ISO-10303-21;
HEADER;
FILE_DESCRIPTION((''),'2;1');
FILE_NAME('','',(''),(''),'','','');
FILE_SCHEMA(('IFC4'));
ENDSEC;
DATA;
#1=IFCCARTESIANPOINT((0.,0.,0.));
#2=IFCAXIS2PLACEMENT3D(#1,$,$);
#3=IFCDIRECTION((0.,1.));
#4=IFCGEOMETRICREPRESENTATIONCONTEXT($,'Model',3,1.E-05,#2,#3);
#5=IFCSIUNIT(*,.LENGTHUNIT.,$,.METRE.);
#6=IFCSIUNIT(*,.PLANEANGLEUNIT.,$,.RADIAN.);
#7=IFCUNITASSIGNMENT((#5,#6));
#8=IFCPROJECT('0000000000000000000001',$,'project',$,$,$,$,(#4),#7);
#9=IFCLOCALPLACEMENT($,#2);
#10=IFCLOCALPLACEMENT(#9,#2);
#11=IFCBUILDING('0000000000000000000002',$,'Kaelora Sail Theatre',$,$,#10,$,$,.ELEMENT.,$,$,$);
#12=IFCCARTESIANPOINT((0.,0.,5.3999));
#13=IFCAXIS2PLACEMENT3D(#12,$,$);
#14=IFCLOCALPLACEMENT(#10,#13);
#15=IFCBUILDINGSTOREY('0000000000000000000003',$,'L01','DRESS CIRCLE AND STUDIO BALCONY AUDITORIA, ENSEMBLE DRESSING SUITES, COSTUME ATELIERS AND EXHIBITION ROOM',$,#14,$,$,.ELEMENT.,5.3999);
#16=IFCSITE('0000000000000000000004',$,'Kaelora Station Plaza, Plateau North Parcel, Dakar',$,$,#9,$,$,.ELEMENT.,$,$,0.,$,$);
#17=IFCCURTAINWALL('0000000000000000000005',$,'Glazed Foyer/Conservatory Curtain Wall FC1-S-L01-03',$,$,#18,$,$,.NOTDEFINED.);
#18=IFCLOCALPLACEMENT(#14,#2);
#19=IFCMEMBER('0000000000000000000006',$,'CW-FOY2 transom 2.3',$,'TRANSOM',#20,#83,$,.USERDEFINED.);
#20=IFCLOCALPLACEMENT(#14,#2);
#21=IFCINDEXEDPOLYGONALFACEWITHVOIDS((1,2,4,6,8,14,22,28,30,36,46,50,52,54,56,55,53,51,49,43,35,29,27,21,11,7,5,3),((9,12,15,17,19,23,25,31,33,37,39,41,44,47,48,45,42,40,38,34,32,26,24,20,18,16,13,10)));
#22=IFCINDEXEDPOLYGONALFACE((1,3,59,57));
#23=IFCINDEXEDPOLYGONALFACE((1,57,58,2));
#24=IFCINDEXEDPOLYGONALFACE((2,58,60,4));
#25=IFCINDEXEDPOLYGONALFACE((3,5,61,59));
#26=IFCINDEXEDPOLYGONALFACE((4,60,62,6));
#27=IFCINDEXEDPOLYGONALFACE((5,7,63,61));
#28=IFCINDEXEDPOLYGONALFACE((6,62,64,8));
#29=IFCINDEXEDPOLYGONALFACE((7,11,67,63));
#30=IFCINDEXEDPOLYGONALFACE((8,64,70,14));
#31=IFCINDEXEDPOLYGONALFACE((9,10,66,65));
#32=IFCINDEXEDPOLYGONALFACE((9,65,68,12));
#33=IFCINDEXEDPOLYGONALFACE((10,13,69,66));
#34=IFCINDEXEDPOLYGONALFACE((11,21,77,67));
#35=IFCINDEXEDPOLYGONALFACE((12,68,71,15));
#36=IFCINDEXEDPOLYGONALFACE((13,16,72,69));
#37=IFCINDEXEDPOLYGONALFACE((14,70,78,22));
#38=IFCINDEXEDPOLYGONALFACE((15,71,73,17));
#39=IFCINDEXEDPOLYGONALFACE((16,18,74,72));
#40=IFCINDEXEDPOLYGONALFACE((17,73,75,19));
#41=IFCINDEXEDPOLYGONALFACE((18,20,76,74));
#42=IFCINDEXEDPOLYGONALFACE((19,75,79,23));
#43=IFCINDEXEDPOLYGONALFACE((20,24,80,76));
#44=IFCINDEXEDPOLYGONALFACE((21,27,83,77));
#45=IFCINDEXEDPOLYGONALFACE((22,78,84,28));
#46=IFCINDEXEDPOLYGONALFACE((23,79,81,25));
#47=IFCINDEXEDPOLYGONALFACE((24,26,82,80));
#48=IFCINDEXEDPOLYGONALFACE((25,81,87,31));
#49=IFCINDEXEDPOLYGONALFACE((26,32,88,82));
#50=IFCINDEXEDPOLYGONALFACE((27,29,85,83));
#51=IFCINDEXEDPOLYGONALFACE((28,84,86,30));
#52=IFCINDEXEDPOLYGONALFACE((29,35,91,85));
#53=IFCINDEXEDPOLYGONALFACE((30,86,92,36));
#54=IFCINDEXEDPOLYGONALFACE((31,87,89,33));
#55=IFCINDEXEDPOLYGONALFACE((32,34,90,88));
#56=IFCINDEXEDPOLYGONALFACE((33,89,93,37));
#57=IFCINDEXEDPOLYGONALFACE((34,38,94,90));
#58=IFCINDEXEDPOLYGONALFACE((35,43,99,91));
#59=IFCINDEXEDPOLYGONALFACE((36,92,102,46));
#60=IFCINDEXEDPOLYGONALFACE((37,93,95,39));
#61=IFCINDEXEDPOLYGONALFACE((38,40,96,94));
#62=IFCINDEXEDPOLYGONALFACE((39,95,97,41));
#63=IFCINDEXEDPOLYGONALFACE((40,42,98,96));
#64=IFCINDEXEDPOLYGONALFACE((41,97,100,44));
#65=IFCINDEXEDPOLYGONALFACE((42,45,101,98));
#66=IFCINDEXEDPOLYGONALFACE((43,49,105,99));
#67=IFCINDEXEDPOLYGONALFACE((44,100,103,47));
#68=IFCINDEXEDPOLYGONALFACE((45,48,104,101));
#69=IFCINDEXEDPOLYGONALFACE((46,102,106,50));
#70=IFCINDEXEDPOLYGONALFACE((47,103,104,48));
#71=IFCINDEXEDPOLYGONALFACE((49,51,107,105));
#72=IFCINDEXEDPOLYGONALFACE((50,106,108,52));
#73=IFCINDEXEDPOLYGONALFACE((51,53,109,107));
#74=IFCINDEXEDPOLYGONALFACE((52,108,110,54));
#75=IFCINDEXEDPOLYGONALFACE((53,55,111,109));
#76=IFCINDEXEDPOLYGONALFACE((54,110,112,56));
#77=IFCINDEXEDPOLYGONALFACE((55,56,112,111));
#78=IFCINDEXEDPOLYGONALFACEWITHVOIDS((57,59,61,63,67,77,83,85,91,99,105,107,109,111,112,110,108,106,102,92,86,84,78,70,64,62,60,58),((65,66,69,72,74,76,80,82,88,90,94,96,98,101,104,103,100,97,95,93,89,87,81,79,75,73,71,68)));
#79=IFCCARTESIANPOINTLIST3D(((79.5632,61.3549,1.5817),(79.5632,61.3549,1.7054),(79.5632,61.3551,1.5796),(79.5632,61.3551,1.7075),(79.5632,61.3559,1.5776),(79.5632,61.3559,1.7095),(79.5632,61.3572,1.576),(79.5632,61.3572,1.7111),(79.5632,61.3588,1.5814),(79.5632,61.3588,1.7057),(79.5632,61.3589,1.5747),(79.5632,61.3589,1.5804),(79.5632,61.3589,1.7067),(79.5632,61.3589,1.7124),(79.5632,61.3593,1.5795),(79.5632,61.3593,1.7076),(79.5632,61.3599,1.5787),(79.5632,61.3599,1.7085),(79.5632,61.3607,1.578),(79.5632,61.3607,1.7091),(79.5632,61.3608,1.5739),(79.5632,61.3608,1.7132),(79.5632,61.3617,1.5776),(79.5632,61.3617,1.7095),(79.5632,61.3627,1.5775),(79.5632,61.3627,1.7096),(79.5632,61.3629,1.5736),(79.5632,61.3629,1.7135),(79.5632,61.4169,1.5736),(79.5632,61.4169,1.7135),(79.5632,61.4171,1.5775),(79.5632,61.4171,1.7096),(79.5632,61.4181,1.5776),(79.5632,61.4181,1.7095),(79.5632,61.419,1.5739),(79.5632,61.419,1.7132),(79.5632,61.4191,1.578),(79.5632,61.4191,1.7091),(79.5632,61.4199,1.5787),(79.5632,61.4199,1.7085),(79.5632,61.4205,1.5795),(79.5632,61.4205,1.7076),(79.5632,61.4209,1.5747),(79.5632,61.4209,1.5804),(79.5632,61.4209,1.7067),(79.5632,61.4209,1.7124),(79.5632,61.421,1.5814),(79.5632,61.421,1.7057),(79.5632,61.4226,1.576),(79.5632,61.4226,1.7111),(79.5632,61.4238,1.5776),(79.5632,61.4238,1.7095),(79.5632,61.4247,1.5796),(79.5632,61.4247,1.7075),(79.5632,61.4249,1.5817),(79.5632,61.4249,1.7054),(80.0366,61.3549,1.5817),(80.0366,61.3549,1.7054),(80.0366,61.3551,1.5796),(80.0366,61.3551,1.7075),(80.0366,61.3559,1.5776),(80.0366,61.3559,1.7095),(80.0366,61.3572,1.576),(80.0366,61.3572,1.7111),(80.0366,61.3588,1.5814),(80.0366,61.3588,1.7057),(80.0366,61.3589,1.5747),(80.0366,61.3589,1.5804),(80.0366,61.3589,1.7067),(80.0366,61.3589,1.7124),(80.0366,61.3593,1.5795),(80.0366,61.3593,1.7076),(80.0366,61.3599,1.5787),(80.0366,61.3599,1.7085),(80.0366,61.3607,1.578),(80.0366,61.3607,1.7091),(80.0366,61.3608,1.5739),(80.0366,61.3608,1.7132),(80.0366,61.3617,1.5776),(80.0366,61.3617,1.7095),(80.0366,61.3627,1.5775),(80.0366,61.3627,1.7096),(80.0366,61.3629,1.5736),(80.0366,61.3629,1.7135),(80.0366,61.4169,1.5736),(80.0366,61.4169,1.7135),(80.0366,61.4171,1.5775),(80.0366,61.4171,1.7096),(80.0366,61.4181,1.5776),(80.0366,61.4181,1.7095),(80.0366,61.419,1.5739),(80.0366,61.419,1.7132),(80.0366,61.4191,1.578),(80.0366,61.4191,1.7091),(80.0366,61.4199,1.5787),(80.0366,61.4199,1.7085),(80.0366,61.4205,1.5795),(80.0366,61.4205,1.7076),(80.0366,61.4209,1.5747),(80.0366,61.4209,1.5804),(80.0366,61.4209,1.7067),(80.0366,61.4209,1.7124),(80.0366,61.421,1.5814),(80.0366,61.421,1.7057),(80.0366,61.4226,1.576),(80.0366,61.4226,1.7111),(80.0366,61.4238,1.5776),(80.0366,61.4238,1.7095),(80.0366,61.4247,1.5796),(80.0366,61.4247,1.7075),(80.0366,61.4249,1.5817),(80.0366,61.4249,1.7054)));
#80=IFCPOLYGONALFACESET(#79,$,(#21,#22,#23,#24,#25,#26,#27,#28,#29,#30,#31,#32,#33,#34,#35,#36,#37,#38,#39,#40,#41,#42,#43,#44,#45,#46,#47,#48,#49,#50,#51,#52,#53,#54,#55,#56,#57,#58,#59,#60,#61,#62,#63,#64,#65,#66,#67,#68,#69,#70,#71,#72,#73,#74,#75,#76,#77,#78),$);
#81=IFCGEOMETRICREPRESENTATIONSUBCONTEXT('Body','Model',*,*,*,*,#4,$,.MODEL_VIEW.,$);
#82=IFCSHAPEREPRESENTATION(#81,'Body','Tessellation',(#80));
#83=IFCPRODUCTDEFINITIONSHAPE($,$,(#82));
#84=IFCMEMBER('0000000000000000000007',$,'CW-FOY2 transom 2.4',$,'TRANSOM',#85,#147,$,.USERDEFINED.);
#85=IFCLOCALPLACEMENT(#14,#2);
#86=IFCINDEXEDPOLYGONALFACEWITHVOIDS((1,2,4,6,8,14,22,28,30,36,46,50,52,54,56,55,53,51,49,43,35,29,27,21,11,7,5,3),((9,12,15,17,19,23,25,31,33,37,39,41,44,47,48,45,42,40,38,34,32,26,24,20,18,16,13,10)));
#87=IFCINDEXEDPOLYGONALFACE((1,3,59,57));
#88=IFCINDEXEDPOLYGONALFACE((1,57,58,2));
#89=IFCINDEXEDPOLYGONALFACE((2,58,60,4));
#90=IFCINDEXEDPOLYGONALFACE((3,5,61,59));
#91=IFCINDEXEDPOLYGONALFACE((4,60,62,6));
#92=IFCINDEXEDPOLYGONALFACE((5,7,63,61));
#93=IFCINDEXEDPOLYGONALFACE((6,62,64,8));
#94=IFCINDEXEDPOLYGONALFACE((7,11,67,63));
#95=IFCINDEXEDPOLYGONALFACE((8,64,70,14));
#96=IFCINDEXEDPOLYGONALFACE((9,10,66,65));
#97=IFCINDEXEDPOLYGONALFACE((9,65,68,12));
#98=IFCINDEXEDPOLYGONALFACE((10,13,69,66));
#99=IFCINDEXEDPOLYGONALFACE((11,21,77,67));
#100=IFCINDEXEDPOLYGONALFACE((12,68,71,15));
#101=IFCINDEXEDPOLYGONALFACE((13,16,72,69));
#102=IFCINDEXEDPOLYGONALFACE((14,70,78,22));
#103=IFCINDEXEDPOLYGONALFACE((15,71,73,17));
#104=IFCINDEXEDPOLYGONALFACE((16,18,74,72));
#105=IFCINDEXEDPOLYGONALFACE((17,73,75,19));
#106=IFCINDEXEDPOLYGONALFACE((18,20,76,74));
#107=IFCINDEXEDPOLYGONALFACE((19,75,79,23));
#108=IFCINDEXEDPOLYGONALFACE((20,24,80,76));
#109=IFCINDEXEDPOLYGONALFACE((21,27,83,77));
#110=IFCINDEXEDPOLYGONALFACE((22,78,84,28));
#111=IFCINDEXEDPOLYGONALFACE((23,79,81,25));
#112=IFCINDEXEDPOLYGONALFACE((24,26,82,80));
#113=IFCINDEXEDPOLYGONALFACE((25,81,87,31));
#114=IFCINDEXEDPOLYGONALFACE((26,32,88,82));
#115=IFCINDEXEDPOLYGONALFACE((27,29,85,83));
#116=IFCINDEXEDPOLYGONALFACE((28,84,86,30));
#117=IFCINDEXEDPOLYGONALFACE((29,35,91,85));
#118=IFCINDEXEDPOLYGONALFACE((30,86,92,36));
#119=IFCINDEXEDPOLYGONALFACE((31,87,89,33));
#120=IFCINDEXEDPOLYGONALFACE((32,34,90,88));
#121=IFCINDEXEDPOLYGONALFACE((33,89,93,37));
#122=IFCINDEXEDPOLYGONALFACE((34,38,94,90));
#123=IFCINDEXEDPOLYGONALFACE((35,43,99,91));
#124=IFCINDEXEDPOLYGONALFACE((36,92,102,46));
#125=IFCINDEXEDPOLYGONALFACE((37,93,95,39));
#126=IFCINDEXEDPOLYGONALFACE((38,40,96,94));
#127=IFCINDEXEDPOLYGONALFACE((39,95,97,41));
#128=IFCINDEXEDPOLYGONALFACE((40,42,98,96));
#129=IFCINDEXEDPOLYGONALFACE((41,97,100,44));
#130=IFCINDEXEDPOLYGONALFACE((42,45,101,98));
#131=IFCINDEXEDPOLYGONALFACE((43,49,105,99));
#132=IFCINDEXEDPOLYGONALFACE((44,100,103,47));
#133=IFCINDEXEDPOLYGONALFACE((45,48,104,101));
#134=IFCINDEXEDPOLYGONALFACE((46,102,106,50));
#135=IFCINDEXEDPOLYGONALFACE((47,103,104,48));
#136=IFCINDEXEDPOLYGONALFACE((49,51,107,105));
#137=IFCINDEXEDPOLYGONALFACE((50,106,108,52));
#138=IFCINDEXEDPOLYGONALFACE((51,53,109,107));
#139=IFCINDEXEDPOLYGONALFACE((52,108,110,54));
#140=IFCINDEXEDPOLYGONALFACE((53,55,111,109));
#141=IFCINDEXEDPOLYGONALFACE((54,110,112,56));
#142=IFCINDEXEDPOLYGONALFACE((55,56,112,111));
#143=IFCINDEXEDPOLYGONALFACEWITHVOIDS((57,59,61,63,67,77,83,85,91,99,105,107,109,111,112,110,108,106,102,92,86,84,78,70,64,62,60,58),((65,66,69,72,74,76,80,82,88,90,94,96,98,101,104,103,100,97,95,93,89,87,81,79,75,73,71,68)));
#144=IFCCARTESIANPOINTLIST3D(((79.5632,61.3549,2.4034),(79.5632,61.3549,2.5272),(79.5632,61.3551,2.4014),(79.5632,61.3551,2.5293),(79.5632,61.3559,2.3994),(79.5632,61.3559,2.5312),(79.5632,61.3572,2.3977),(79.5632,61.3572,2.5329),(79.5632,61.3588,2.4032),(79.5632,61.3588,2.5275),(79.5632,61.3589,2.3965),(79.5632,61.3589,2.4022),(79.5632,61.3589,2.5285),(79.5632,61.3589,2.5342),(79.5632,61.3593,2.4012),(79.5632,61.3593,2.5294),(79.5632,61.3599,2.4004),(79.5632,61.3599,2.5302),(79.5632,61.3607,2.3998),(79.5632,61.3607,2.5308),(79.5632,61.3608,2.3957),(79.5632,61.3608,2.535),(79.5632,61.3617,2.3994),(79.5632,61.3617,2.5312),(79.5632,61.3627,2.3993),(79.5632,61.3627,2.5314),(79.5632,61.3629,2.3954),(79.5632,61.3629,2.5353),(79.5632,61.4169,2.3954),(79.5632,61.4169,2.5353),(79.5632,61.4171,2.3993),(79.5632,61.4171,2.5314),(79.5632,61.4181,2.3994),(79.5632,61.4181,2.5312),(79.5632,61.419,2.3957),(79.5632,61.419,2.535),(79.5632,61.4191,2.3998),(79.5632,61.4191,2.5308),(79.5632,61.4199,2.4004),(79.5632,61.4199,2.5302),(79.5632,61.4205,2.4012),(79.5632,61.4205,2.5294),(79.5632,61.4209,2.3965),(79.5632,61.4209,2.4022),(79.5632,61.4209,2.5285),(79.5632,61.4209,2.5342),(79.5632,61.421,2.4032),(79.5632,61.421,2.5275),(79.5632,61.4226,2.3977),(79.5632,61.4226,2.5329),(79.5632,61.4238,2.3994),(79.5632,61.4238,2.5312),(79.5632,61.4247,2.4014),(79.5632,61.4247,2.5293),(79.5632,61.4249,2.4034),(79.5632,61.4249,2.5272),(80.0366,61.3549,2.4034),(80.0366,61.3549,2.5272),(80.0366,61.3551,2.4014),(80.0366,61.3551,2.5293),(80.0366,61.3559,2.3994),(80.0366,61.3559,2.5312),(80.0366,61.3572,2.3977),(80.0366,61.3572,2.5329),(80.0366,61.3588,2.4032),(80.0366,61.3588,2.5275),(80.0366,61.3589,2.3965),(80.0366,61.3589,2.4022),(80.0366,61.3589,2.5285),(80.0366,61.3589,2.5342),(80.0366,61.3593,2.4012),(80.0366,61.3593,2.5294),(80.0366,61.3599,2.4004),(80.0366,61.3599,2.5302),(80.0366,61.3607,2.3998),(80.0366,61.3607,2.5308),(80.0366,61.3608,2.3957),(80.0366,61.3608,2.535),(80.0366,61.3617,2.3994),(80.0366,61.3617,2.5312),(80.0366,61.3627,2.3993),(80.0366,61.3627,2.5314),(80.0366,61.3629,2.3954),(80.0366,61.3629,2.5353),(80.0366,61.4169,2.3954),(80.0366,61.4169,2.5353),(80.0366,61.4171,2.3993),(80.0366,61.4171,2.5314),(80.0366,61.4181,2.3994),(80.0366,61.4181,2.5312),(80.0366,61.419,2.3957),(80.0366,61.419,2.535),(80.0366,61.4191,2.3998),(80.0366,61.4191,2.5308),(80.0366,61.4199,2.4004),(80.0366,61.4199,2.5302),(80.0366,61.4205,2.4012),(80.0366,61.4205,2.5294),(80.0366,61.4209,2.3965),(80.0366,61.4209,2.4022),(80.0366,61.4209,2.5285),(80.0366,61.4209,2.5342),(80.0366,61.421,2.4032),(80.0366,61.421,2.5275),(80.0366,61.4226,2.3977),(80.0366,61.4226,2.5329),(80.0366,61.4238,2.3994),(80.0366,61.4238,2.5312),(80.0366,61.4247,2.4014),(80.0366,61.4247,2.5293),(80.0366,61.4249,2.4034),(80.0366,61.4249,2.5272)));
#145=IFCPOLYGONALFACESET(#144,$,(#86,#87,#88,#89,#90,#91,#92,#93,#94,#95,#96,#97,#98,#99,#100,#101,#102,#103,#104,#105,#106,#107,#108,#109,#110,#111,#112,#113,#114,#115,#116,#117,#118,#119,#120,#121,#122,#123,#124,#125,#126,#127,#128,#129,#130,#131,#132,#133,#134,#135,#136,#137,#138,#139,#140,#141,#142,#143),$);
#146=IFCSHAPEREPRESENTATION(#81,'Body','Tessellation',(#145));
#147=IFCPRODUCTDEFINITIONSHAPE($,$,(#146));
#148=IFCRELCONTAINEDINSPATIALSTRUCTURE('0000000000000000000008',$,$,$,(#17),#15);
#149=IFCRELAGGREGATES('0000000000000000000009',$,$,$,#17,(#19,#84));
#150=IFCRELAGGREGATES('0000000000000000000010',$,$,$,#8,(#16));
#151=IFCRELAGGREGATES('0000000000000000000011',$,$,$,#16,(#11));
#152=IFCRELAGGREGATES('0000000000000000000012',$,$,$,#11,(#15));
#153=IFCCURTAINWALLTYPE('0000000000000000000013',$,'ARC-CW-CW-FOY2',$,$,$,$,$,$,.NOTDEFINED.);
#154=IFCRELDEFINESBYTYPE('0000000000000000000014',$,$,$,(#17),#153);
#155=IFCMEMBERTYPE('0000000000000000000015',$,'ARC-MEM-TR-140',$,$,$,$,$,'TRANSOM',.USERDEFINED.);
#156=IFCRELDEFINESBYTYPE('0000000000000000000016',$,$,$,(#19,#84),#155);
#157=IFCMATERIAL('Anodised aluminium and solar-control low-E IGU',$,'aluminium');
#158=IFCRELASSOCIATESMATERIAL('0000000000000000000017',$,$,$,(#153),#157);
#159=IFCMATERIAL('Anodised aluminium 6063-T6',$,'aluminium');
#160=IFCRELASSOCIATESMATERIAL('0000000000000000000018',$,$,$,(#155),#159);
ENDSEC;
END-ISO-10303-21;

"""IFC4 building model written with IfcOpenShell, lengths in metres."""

from ifc_helpers import new_model, si_unit, direction, frame, origin, origin_2d, place, context, subcontext, project, spatial, hollow_rectangle, extrude, material, material_profile, profile_set, type_object, element, aggregate, save


model = new_model("IFC4")

# Units and contexts
model_context = context("Model", 3, precision=1e-05, world=origin(), true_north=direction((0.0, 1.0)))
body_context = subcontext(model_context, "Body", "Model", "MODEL_VIEW")
ifc_project = project(units=[si_unit("LENGTHUNIT", "METRE"), si_unit("PLANEANGLEUNIT", "RADIAN")], contexts=[model_context])

# Site, building, storey
site_placement = place(None, origin())
site = spatial("IfcSite", under=ifc_project, at=site_placement, Name="Kaelora Station Plaza, Plateau North Parcel, Dakar", CompositionType="ELEMENT", RefElevation=0.0)
building_placement = place(site_placement, origin())
building = spatial("IfcBuilding", under=site, at=building_placement, Name="Kaelora Sail Theatre", CompositionType="ELEMENT")
storey_placement = place(building_placement, frame((0.0, 0.0, 5.3999)))
storey = spatial("IfcBuildingStorey", under=building, at=storey_placement, Name="L01", Description="DRESS CIRCLE AND STUDIO BALCONY AUDITORIA, ENSEMBLE DRESSING SUITES, COSTUME ATELIERS AND EXHIBITION ROOM", CompositionType="ELEMENT", Elevation=5.3999)

# Curtain wall
ifc_material_1 = material(Name="Anodised aluminium and solar-control low-E IGU", Category="aluminium")
curtain_wall_type = type_object("IfcCurtainWallType", Name="ARC-CW-CW-FOY2", PredefinedType="NOTDEFINED", material=ifc_material_1)
curtain_wall_1_placement = place(storey_placement, origin())
curtain_wall_1 = element("IfcCurtainWall", 1, at=curtain_wall_1_placement, inside=storey, type_object=curtain_wall_type, Name="Glazed Foyer/Conservatory Curtain Wall FC1-S-L01-03", PredefinedType="NOTDEFINED")

# Members
ifc_material_2 = material(Name="Anodised aluminium 6063-T6", Category="aluminium")
ifc_material_profile_1 = material_profile(ifc_material_2, hollow_rectangle(XDim=0.0701, YDim=0.1399, WallThickness=0.0039, InnerFilletRadius=0.0039, OuterFilletRadius=0.0081, at=origin_2d()), Name="ALU-TRAN 70x140x4")
ifc_profile_set_1 = profile_set([ifc_material_profile_1], Name="Anodised aluminium 6063-T6")
member_type_1 = type_object("IfcMemberType", Name="ARC-MEM-TR-140", ElementType="TRANSOM", PredefinedType="USERDEFINED", material=ifc_profile_set_1)
member_1_placement = place(storey_placement, frame((79.5632, 61.3899, 1.6436), z_axis=(1.0, 0.0, 0.0), x_axis=(0.0, 1.0, 0.0)))
member_1 = element("IfcMember", 2, at=member_1_placement, type_object=member_type_1, Name="CW-FOY2 transom 2.3", ObjectType="TRANSOM", PredefinedType="USERDEFINED", context=body_context, shape_type="SweptSolid", body=[
    extrude(hollow_rectangle(XDim=0.0701, YDim=0.1399, WallThickness=0.0039, InnerFilletRadius=0.0039, OuterFilletRadius=0.0081, at=origin_2d()), origin(), (0.0, 0.0, 1.0), 0.4734),
])
member_2_placement = place(storey_placement, frame((79.5632, 61.3899, 2.4653), z_axis=(1.0, 0.0, 0.0), x_axis=(0.0, 1.0, 0.0)))
member_2 = element("IfcMember", 3, at=member_2_placement, type_object=member_type_1, Name="CW-FOY2 transom 2.4", ObjectType="TRANSOM", PredefinedType="USERDEFINED", context=body_context, shape_type="SweptSolid", body=[
    extrude(hollow_rectangle(XDim=0.0701, YDim=0.1399, WallThickness=0.0039, InnerFilletRadius=0.0039, OuterFilletRadius=0.0081, at=origin_2d()), origin(), (0.0, 0.0, 1.0), 0.4734),
])

aggregate(curtain_wall_1, [member_1, member_2])

save(model, "model.ifc")
